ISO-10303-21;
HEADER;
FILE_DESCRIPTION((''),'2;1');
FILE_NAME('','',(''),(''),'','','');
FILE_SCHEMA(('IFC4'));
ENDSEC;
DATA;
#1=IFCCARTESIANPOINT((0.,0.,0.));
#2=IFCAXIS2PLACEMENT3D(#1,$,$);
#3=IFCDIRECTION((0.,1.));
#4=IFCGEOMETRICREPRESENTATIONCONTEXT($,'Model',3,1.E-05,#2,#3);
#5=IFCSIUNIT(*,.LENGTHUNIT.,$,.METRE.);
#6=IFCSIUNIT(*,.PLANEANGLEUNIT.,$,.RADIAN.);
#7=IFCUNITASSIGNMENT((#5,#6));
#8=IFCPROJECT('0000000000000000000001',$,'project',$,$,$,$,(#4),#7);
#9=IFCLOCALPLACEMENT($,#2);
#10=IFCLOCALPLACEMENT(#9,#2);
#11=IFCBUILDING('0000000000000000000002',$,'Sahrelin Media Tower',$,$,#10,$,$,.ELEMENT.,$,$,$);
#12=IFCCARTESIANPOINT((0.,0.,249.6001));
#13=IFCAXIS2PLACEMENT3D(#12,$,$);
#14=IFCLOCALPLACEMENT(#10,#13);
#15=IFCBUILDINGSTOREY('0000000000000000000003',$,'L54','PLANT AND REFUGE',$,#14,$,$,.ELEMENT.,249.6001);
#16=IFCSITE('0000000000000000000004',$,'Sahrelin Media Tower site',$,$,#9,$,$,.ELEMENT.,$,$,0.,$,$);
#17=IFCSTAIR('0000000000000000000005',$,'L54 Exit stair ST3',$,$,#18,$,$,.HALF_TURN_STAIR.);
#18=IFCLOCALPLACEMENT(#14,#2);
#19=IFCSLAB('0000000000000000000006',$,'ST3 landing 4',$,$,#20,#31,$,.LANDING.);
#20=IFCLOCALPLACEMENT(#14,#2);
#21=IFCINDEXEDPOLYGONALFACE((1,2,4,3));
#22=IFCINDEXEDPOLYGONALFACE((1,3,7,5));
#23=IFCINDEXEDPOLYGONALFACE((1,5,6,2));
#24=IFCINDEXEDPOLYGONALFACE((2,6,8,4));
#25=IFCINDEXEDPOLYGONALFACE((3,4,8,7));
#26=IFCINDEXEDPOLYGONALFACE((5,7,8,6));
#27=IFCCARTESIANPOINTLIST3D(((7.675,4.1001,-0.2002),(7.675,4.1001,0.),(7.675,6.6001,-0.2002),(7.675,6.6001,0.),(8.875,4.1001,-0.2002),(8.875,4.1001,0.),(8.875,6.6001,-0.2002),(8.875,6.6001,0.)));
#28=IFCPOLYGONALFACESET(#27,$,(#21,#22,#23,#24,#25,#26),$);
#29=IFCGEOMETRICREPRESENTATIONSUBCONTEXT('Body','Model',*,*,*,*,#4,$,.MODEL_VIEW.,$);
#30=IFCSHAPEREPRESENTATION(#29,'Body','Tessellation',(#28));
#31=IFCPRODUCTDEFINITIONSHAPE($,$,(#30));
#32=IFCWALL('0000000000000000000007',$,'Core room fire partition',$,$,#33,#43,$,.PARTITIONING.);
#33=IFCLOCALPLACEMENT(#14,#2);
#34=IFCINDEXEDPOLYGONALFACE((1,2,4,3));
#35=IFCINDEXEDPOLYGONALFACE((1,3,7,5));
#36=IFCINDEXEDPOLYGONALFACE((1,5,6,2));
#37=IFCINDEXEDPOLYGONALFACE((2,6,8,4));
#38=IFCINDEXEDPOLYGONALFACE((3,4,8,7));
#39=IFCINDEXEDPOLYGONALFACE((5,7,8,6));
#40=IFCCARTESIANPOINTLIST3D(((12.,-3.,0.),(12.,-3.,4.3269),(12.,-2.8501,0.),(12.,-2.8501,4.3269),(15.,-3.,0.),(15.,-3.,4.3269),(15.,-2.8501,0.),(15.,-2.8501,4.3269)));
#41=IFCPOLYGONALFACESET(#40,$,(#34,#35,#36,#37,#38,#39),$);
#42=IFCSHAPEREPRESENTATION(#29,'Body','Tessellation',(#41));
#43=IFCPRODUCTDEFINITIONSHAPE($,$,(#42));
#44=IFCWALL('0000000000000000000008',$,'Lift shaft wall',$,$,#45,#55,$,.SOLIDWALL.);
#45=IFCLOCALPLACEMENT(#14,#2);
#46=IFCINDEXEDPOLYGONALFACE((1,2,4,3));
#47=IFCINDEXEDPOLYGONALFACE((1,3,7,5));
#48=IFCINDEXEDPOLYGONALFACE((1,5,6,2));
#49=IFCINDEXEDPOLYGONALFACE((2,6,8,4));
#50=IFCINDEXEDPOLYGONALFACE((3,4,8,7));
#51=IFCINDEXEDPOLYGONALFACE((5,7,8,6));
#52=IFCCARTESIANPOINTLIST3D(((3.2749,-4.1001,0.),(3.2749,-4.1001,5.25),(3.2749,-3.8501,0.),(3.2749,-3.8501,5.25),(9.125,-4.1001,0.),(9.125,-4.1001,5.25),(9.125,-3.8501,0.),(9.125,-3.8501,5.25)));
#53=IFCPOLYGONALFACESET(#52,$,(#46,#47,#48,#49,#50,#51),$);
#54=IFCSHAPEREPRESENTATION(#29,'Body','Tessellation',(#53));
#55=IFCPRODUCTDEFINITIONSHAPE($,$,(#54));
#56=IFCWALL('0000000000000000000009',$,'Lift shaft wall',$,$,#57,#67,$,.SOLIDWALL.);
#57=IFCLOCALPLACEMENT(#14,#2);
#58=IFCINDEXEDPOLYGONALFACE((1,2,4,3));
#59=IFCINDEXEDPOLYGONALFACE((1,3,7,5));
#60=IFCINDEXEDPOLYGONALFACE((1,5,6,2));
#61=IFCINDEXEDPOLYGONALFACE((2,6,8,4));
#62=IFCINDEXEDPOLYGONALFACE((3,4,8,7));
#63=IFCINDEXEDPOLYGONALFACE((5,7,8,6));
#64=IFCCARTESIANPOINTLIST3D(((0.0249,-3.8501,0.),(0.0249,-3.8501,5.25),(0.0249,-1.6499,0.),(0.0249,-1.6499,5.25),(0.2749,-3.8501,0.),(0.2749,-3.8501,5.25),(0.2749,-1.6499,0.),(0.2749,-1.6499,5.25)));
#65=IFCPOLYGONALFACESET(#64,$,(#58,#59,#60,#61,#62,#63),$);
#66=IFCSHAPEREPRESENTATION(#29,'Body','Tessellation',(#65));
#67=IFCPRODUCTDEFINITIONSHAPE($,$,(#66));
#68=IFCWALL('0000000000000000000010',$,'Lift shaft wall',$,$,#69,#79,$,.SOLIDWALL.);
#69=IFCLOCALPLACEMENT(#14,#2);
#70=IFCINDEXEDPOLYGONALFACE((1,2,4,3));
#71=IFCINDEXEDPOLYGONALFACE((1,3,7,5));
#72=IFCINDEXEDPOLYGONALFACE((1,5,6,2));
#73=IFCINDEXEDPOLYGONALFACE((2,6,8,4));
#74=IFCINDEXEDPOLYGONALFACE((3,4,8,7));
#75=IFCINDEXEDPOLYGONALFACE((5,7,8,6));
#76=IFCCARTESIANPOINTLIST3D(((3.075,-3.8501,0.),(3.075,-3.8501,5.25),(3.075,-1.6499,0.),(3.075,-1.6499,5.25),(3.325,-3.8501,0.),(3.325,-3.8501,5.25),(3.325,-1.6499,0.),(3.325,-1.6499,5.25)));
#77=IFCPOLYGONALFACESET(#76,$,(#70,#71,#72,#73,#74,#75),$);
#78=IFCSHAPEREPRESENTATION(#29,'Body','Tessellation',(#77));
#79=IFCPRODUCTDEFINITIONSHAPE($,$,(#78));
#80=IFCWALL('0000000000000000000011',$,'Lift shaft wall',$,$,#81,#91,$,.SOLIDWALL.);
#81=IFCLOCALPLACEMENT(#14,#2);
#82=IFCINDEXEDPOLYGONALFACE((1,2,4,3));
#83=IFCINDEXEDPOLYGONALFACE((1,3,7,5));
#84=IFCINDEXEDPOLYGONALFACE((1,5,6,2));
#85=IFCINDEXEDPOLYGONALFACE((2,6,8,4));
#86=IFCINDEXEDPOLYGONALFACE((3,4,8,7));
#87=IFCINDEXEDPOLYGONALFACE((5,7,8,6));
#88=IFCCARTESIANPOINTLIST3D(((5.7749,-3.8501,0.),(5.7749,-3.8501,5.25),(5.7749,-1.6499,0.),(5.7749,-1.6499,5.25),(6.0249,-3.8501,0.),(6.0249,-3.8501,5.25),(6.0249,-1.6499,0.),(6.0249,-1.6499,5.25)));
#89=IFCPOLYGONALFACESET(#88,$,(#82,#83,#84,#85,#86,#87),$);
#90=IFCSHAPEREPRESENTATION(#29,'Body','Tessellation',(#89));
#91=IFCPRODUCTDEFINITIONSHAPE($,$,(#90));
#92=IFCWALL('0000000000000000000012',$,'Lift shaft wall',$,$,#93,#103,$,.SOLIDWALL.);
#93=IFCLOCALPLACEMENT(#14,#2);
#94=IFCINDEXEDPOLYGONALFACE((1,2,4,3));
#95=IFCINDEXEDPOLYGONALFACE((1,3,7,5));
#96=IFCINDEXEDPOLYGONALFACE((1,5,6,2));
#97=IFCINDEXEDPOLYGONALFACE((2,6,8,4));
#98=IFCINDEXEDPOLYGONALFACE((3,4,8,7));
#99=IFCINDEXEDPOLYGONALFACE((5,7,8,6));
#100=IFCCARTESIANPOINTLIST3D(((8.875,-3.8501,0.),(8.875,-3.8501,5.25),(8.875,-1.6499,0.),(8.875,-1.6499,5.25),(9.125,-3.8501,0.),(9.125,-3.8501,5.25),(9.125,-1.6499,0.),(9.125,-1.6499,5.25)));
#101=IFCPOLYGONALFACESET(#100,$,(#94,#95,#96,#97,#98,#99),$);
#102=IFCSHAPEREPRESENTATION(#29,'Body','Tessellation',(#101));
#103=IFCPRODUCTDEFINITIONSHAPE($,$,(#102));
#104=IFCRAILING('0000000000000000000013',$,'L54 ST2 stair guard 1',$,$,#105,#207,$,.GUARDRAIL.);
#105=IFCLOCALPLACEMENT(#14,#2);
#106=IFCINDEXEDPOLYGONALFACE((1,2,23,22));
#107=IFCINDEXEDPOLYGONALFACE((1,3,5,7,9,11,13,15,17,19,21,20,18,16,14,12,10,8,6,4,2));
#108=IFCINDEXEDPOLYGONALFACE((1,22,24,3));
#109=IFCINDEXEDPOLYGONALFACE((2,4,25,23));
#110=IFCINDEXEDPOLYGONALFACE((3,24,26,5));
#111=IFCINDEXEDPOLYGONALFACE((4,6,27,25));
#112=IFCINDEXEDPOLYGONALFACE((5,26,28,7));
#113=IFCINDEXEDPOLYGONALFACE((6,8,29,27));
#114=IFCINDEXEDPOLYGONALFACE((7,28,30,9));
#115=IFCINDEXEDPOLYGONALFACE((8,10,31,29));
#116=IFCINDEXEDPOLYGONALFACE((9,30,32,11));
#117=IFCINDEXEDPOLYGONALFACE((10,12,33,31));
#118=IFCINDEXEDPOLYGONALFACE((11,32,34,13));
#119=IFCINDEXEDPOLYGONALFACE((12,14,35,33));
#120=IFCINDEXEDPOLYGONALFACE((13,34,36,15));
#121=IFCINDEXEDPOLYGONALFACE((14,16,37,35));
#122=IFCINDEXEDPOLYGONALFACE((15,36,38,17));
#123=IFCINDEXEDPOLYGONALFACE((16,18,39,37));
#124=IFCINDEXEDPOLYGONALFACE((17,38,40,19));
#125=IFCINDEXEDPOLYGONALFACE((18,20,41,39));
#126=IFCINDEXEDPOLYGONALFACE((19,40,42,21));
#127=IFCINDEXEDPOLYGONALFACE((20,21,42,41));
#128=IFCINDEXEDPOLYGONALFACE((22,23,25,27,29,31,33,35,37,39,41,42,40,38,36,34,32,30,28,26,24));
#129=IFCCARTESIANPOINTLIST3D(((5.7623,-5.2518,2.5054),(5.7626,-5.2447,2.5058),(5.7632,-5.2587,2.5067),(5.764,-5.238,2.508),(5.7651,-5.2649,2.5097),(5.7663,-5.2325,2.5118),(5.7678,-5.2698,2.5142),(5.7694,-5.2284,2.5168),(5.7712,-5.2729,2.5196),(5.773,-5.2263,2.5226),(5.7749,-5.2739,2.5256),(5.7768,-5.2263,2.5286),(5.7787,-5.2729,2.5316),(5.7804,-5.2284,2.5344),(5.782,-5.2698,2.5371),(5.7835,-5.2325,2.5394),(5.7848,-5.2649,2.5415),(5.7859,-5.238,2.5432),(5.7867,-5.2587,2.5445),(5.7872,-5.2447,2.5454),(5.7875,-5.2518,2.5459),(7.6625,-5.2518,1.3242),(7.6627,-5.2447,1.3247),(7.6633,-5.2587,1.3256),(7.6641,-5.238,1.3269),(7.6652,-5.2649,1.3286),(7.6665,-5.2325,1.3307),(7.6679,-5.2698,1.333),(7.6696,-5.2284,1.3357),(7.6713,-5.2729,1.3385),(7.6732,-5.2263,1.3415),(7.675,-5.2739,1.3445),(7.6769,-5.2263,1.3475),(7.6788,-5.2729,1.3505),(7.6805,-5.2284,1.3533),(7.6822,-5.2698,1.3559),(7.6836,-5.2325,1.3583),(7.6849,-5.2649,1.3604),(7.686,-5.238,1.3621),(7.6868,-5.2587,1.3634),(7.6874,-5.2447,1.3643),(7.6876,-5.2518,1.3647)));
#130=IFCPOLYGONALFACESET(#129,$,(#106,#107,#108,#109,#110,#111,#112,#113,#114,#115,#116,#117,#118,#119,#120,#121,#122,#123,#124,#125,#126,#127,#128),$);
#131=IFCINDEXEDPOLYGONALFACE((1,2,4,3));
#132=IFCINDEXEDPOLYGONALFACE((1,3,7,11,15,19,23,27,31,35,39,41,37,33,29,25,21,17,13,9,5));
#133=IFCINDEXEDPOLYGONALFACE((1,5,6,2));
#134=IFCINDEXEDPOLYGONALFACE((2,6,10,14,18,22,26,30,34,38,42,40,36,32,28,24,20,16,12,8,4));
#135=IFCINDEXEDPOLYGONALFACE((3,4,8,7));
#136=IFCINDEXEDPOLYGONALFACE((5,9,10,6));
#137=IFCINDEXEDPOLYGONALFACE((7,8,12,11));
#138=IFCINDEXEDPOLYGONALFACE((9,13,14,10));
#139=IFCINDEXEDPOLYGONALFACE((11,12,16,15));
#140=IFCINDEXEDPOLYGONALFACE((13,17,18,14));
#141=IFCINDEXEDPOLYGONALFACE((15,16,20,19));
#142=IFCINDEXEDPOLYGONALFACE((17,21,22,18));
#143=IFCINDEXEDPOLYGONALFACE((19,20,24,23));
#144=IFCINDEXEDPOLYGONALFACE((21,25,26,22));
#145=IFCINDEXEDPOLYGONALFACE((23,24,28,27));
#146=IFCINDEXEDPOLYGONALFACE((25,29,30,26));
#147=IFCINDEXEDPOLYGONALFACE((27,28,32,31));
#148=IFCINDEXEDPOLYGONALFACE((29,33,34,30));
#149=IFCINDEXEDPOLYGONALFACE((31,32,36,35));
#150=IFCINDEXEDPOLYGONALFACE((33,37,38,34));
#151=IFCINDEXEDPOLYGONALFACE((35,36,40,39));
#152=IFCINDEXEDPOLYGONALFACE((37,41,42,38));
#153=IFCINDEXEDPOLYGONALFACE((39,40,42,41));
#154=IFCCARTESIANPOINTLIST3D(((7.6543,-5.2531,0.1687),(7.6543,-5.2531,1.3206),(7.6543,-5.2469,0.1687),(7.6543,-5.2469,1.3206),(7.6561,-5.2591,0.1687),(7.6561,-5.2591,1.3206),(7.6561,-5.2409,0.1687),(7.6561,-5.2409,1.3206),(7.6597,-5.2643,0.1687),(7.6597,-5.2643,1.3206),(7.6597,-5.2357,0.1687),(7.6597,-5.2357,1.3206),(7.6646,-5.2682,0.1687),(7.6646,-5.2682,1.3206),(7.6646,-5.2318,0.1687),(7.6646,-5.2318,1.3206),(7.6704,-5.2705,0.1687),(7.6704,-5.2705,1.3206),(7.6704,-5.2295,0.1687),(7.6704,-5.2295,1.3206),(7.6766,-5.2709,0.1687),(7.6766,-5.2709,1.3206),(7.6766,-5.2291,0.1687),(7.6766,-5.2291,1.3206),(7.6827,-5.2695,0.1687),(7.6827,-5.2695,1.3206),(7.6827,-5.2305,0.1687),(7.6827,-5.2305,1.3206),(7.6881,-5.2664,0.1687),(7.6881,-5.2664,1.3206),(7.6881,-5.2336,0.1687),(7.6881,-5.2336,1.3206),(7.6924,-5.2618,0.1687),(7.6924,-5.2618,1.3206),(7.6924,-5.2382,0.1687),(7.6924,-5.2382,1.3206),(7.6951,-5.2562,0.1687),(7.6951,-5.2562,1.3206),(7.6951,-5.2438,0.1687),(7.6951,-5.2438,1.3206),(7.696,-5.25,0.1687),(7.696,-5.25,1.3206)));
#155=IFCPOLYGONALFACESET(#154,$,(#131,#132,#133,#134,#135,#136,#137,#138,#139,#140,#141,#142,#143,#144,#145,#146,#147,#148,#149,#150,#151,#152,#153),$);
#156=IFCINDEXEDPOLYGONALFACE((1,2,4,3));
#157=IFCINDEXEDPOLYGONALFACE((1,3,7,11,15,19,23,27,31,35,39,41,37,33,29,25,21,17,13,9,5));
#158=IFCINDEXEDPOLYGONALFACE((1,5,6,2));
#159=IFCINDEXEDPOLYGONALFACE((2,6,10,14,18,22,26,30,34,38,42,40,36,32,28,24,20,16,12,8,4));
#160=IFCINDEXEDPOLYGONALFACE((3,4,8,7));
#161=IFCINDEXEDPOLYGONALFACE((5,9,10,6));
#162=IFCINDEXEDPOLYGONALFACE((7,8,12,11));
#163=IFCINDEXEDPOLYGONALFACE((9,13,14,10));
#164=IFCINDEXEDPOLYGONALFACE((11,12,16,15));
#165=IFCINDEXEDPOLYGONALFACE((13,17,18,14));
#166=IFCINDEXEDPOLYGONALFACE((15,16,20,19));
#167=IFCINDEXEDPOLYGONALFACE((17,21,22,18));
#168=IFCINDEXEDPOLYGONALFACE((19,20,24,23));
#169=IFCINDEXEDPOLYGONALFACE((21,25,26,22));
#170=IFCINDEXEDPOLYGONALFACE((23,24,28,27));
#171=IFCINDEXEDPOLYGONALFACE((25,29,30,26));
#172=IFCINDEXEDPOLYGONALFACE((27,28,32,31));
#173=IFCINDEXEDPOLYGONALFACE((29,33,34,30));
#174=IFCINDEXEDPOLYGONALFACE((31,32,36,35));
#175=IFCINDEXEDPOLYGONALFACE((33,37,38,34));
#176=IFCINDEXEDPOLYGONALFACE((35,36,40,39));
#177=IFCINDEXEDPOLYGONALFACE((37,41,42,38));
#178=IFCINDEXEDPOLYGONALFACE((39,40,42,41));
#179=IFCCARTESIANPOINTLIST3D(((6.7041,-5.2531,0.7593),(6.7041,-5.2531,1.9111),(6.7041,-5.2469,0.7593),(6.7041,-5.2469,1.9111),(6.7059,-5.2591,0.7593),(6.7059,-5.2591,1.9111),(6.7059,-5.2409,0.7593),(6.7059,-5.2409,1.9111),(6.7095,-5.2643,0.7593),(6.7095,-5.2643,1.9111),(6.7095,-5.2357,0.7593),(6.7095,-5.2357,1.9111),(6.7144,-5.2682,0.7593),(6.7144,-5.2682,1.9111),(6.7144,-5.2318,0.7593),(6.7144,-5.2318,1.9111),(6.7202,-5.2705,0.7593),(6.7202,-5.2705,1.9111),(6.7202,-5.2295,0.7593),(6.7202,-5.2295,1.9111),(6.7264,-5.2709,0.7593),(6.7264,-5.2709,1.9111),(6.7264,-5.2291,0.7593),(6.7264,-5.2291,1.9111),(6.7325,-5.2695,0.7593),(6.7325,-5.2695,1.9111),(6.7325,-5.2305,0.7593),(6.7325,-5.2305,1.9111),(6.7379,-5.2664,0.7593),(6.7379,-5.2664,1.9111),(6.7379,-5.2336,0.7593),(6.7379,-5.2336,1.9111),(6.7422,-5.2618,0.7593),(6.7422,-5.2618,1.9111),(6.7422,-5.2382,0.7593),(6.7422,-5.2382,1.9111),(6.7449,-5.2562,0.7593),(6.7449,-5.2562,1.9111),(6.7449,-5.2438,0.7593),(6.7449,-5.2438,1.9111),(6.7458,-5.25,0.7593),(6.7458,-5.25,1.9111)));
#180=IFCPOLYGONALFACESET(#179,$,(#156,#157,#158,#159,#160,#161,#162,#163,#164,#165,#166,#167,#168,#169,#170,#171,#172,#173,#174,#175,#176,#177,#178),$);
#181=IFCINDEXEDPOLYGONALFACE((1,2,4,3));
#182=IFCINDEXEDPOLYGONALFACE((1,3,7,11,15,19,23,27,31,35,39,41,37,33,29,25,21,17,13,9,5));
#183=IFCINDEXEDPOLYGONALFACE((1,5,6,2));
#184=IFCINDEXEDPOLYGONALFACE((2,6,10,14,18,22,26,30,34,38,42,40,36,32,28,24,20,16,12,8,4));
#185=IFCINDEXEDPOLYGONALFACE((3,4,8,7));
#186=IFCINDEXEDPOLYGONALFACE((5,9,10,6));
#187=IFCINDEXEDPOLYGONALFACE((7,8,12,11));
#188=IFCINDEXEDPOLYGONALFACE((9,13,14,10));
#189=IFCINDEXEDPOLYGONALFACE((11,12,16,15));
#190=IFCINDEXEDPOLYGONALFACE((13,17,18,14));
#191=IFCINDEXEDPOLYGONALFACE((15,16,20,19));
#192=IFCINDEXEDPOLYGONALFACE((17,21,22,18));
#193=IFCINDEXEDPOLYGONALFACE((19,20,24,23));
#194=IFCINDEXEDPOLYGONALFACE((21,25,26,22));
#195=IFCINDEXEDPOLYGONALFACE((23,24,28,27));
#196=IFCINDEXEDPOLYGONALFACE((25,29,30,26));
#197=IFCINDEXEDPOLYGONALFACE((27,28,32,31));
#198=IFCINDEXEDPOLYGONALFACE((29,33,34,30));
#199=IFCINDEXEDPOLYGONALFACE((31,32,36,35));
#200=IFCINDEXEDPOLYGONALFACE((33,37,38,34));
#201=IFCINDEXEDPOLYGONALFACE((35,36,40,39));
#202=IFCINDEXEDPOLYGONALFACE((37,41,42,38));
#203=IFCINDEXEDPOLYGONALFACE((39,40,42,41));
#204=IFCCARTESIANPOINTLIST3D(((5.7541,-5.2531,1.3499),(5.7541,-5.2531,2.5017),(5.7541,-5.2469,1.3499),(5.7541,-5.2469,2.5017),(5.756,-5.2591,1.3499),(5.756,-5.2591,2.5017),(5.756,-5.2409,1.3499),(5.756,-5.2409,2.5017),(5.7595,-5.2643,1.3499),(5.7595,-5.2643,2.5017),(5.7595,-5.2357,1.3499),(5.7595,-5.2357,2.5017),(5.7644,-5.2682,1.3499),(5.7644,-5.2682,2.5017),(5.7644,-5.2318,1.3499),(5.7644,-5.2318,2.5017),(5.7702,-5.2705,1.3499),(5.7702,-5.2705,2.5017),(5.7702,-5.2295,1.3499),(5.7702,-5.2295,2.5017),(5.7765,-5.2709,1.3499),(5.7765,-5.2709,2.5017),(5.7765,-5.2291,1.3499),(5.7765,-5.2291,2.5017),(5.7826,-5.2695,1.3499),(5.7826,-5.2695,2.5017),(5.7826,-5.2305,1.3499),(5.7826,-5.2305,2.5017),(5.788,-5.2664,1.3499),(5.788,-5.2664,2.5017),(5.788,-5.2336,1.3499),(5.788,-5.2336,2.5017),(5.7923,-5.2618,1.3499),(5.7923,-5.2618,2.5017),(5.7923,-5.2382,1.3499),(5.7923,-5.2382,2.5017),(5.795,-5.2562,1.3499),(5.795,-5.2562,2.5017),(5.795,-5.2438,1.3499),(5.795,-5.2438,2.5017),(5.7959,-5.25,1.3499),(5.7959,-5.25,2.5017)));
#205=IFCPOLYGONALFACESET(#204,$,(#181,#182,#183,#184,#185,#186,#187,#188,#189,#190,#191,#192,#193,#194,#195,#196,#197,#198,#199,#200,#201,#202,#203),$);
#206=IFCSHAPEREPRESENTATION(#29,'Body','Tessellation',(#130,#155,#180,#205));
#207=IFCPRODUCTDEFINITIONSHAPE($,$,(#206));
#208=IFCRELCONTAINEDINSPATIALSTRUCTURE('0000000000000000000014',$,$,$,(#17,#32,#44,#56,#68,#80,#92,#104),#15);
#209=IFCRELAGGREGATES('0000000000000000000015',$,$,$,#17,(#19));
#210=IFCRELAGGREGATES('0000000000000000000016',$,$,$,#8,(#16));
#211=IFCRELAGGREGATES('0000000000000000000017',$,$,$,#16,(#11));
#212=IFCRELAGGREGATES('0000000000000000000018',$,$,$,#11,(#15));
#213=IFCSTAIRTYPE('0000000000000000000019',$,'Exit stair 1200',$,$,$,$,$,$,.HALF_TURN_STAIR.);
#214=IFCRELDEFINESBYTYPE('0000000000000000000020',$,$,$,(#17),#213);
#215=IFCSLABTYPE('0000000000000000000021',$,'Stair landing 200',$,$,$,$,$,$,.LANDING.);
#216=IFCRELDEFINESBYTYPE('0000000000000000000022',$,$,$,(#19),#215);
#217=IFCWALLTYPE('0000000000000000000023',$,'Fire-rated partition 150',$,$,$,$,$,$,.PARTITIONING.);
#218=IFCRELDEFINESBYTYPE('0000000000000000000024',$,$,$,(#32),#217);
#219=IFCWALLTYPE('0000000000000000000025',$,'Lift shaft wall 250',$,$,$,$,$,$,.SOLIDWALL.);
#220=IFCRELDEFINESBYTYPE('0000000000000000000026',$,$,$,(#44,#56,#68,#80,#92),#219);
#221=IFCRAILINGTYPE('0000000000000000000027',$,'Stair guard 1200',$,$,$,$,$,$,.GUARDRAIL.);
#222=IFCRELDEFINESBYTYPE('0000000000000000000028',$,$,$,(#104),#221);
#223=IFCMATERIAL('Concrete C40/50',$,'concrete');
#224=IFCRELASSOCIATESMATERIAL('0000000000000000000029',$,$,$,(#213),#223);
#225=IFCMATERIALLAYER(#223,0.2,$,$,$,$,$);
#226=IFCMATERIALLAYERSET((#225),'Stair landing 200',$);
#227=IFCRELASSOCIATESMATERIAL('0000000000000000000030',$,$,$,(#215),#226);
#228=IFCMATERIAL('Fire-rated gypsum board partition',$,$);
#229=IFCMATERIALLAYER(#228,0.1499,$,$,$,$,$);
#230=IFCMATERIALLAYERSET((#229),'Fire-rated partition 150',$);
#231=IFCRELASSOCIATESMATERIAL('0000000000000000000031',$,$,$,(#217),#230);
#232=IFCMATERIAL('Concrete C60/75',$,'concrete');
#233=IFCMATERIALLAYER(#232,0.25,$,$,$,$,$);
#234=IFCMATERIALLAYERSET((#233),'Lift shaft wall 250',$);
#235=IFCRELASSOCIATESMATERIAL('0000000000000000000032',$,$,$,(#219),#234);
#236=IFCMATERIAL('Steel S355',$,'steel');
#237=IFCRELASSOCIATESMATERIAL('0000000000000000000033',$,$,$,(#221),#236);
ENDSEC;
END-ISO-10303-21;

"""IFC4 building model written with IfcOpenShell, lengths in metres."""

from ifc_helpers import new_model, si_unit, direction, frame, frame_2d, origin, origin_2d, place, context, subcontext, project, spatial, polyline, rectangle, circle, outline, extrude, material, layer, layer_set, type_object, element, aggregate, save


model = new_model("IFC4")

# Units and contexts
model_context = context("Model", 3, precision=1e-05, world=origin(), true_north=direction((0.0, 1.0)))
body_context = subcontext(model_context, "Body", "Model", "MODEL_VIEW")
ifc_project = project(units=[si_unit("LENGTHUNIT", "METRE"), si_unit("PLANEANGLEUNIT", "RADIAN")], contexts=[model_context])

# Site, building, storey
site_placement = place(None, origin())
site = spatial("IfcSite", under=ifc_project, at=site_placement, Name="Sahrelin Media Tower site", CompositionType="ELEMENT", RefElevation=0.0)
building_placement = place(site_placement, origin())
building = spatial("IfcBuilding", under=site, at=building_placement, Name="Sahrelin Media Tower", CompositionType="ELEMENT")
storey_placement = place(building_placement, frame((0.0, 0.0, 249.6001)))
storey = spatial("IfcBuildingStorey", under=building, at=storey_placement, Name="L54", Description="PLANT AND REFUGE", CompositionType="ELEMENT", Elevation=249.6001)

# Shared definitions
ifc_material_1 = material(Name="Steel S355", Category="steel")

# Stair, slab
ifc_material_2 = material(Name="Concrete C40/50", Category="concrete")
stair_type = type_object("IfcStairType", Name="Exit stair 1200", PredefinedType="HALF_TURN_STAIR", material=ifc_material_2)
placement_1 = place(storey_placement, origin())
ifc_layer_1 = layer(ifc_material_2, 0.2)
ifc_layer_set_1 = layer_set([ifc_layer_1], Name="Stair landing 200")
slab_type = type_object("IfcSlabType", Name="Stair landing 200", PredefinedType="LANDING", material=ifc_layer_set_1)
placement_2 = place(storey_placement, frame((0.0, 0.0, -0.2002)))
stair_1 = element("IfcStair", 1, at=placement_1, inside=storey, type_object=stair_type, Name="L54 Exit stair ST3", PredefinedType="HALF_TURN_STAIR")
slab_1 = element("IfcSlab", 2, at=placement_2, type_object=slab_type, Name="ST3 landing 4", PredefinedType="LANDING", context=body_context, shape_type="SweptSolid", body=[
    extrude(outline(polyline([(8.875, 6.6001), (7.675, 6.6001), (7.675, 4.1001), (8.875, 4.1001), (8.875, 6.6001)])), origin(), (0.0, 0.0, 1.0), 0.2002),
])
aggregate(stair_1, [slab_1])

# Walls
ifc_material_3 = material(Name="Fire-rated gypsum board partition")
ifc_layer_2 = layer(ifc_material_3, 0.1499)
ifc_layer_set_2 = layer_set([ifc_layer_2], Name="Fire-rated partition 150")
wall_type_1 = type_object("IfcWallType", Name="Fire-rated partition 150", PredefinedType="PARTITIONING", material=ifc_layer_set_2)
wall_1_placement = place(storey_placement, frame((12.0, -2.925, 0.0), z_axis=(0.0, 0.0, 1.0), x_axis=(1.0, 0.0, 0.0)))
element("IfcWall", 3, at=wall_1_placement, inside=storey, type_object=wall_type_1, Name="Core room fire partition", PredefinedType="PARTITIONING", context=body_context, shape_type="SweptSolid", body=[
    extrude(rectangle(XDim=3.0, YDim=0.1499, at=frame_2d((1.5, 0.0))), origin(), (0.0, 0.0, 1.0), 4.3269),
])
ifc_material_4 = material(Name="Concrete C60/75", Category="concrete")
ifc_layer_3 = layer(ifc_material_4, 0.25)
ifc_layer_set_3 = layer_set([ifc_layer_3], Name="Lift shaft wall 250")
wall_type_2 = type_object("IfcWallType", Name="Lift shaft wall 250", PredefinedType="SOLIDWALL", material=ifc_layer_set_3)
wall_2_placement = place(storey_placement, frame((3.2749, -3.9751, 0.0), z_axis=(0.0, 0.0, 1.0), x_axis=(1.0, 0.0, 0.0)))
element("IfcWall", 4, at=wall_2_placement, inside=storey, type_object=wall_type_2, Name="Lift shaft wall", PredefinedType="SOLIDWALL", context=body_context, shape_type="SweptSolid", body=[
    extrude(rectangle(XDim=5.8501, YDim=0.25, at=frame_2d((2.925, 0.0))), origin(), (0.0, 0.0, 1.0), 5.25),
])
for number, where, z_axis, x_axis, name in (
    (5, (0.1499, -3.8501, 0.0), (0.0, 0.0, 1.0), (0.0, 1.0, 0.0), "Lift shaft wall"),
    (6, (3.2, -3.8501, 0.0), (0.0, 0.0, 1.0), (0.0, 1.0, 0.0), "Lift shaft wall"),
    (7, (5.8999, -3.8501, 0.0), (0.0, 0.0, 1.0), (0.0, 1.0, 0.0), "Lift shaft wall"),
    (8, (9.0, -3.8501, 0.0), (0.0, 0.0, 1.0), (0.0, 1.0, 0.0), "Lift shaft wall"),
):
    element("IfcWall", number, at=place(storey_placement, frame(where, z_axis=z_axis, x_axis=x_axis)), inside=storey, type_object=wall_type_2, Name=name, PredefinedType="SOLIDWALL", context=body_context, shape_type="SweptSolid", body=[
        extrude(rectangle(XDim=2.2002, YDim=0.25, at=frame_2d((1.1001, 0.0))), origin(), (0.0, 0.0, 1.0), 5.25),
    ])

# Railing
railing_type_1 = type_object("IfcRailingType", Name="Stair guard 1200", PredefinedType="GUARDRAIL", material=ifc_material_1)
railing_1_placement = place(storey_placement, frame((7.675, -5.25, 0.1687)))
element("IfcRailing", 9, at=railing_1_placement, inside=storey, type_object=railing_type_1, Name="L54 ST2 stair guard 1", PredefinedType="GUARDRAIL", context=body_context, shape_type="SweptSolid", body=[
    extrude(circle(Radius=0.0239, at=origin_2d()), frame((0.0, 0.0, 1.1758), z_axis=(-0.849289, 0.0, 0.527928), x_axis=(0.0, -1.0, 0.0)), (0.0, 0.0, 1.0), 2.2373),
    extrude(circle(Radius=0.021, at=origin_2d()), origin(), (0.0, 0.0, 1.0), 1.1519),
    extrude(circle(Radius=0.021, at=origin_2d()), frame((-0.9502, 0.0, 0.5906)), (0.0, 0.0, 1.0), 1.1519),
    extrude(circle(Radius=0.021, at=origin_2d()), frame((-1.9001, 0.0, 1.1812)), (0.0, 0.0, 1.0), 1.1519),
])

save(model, "model.ifc")
